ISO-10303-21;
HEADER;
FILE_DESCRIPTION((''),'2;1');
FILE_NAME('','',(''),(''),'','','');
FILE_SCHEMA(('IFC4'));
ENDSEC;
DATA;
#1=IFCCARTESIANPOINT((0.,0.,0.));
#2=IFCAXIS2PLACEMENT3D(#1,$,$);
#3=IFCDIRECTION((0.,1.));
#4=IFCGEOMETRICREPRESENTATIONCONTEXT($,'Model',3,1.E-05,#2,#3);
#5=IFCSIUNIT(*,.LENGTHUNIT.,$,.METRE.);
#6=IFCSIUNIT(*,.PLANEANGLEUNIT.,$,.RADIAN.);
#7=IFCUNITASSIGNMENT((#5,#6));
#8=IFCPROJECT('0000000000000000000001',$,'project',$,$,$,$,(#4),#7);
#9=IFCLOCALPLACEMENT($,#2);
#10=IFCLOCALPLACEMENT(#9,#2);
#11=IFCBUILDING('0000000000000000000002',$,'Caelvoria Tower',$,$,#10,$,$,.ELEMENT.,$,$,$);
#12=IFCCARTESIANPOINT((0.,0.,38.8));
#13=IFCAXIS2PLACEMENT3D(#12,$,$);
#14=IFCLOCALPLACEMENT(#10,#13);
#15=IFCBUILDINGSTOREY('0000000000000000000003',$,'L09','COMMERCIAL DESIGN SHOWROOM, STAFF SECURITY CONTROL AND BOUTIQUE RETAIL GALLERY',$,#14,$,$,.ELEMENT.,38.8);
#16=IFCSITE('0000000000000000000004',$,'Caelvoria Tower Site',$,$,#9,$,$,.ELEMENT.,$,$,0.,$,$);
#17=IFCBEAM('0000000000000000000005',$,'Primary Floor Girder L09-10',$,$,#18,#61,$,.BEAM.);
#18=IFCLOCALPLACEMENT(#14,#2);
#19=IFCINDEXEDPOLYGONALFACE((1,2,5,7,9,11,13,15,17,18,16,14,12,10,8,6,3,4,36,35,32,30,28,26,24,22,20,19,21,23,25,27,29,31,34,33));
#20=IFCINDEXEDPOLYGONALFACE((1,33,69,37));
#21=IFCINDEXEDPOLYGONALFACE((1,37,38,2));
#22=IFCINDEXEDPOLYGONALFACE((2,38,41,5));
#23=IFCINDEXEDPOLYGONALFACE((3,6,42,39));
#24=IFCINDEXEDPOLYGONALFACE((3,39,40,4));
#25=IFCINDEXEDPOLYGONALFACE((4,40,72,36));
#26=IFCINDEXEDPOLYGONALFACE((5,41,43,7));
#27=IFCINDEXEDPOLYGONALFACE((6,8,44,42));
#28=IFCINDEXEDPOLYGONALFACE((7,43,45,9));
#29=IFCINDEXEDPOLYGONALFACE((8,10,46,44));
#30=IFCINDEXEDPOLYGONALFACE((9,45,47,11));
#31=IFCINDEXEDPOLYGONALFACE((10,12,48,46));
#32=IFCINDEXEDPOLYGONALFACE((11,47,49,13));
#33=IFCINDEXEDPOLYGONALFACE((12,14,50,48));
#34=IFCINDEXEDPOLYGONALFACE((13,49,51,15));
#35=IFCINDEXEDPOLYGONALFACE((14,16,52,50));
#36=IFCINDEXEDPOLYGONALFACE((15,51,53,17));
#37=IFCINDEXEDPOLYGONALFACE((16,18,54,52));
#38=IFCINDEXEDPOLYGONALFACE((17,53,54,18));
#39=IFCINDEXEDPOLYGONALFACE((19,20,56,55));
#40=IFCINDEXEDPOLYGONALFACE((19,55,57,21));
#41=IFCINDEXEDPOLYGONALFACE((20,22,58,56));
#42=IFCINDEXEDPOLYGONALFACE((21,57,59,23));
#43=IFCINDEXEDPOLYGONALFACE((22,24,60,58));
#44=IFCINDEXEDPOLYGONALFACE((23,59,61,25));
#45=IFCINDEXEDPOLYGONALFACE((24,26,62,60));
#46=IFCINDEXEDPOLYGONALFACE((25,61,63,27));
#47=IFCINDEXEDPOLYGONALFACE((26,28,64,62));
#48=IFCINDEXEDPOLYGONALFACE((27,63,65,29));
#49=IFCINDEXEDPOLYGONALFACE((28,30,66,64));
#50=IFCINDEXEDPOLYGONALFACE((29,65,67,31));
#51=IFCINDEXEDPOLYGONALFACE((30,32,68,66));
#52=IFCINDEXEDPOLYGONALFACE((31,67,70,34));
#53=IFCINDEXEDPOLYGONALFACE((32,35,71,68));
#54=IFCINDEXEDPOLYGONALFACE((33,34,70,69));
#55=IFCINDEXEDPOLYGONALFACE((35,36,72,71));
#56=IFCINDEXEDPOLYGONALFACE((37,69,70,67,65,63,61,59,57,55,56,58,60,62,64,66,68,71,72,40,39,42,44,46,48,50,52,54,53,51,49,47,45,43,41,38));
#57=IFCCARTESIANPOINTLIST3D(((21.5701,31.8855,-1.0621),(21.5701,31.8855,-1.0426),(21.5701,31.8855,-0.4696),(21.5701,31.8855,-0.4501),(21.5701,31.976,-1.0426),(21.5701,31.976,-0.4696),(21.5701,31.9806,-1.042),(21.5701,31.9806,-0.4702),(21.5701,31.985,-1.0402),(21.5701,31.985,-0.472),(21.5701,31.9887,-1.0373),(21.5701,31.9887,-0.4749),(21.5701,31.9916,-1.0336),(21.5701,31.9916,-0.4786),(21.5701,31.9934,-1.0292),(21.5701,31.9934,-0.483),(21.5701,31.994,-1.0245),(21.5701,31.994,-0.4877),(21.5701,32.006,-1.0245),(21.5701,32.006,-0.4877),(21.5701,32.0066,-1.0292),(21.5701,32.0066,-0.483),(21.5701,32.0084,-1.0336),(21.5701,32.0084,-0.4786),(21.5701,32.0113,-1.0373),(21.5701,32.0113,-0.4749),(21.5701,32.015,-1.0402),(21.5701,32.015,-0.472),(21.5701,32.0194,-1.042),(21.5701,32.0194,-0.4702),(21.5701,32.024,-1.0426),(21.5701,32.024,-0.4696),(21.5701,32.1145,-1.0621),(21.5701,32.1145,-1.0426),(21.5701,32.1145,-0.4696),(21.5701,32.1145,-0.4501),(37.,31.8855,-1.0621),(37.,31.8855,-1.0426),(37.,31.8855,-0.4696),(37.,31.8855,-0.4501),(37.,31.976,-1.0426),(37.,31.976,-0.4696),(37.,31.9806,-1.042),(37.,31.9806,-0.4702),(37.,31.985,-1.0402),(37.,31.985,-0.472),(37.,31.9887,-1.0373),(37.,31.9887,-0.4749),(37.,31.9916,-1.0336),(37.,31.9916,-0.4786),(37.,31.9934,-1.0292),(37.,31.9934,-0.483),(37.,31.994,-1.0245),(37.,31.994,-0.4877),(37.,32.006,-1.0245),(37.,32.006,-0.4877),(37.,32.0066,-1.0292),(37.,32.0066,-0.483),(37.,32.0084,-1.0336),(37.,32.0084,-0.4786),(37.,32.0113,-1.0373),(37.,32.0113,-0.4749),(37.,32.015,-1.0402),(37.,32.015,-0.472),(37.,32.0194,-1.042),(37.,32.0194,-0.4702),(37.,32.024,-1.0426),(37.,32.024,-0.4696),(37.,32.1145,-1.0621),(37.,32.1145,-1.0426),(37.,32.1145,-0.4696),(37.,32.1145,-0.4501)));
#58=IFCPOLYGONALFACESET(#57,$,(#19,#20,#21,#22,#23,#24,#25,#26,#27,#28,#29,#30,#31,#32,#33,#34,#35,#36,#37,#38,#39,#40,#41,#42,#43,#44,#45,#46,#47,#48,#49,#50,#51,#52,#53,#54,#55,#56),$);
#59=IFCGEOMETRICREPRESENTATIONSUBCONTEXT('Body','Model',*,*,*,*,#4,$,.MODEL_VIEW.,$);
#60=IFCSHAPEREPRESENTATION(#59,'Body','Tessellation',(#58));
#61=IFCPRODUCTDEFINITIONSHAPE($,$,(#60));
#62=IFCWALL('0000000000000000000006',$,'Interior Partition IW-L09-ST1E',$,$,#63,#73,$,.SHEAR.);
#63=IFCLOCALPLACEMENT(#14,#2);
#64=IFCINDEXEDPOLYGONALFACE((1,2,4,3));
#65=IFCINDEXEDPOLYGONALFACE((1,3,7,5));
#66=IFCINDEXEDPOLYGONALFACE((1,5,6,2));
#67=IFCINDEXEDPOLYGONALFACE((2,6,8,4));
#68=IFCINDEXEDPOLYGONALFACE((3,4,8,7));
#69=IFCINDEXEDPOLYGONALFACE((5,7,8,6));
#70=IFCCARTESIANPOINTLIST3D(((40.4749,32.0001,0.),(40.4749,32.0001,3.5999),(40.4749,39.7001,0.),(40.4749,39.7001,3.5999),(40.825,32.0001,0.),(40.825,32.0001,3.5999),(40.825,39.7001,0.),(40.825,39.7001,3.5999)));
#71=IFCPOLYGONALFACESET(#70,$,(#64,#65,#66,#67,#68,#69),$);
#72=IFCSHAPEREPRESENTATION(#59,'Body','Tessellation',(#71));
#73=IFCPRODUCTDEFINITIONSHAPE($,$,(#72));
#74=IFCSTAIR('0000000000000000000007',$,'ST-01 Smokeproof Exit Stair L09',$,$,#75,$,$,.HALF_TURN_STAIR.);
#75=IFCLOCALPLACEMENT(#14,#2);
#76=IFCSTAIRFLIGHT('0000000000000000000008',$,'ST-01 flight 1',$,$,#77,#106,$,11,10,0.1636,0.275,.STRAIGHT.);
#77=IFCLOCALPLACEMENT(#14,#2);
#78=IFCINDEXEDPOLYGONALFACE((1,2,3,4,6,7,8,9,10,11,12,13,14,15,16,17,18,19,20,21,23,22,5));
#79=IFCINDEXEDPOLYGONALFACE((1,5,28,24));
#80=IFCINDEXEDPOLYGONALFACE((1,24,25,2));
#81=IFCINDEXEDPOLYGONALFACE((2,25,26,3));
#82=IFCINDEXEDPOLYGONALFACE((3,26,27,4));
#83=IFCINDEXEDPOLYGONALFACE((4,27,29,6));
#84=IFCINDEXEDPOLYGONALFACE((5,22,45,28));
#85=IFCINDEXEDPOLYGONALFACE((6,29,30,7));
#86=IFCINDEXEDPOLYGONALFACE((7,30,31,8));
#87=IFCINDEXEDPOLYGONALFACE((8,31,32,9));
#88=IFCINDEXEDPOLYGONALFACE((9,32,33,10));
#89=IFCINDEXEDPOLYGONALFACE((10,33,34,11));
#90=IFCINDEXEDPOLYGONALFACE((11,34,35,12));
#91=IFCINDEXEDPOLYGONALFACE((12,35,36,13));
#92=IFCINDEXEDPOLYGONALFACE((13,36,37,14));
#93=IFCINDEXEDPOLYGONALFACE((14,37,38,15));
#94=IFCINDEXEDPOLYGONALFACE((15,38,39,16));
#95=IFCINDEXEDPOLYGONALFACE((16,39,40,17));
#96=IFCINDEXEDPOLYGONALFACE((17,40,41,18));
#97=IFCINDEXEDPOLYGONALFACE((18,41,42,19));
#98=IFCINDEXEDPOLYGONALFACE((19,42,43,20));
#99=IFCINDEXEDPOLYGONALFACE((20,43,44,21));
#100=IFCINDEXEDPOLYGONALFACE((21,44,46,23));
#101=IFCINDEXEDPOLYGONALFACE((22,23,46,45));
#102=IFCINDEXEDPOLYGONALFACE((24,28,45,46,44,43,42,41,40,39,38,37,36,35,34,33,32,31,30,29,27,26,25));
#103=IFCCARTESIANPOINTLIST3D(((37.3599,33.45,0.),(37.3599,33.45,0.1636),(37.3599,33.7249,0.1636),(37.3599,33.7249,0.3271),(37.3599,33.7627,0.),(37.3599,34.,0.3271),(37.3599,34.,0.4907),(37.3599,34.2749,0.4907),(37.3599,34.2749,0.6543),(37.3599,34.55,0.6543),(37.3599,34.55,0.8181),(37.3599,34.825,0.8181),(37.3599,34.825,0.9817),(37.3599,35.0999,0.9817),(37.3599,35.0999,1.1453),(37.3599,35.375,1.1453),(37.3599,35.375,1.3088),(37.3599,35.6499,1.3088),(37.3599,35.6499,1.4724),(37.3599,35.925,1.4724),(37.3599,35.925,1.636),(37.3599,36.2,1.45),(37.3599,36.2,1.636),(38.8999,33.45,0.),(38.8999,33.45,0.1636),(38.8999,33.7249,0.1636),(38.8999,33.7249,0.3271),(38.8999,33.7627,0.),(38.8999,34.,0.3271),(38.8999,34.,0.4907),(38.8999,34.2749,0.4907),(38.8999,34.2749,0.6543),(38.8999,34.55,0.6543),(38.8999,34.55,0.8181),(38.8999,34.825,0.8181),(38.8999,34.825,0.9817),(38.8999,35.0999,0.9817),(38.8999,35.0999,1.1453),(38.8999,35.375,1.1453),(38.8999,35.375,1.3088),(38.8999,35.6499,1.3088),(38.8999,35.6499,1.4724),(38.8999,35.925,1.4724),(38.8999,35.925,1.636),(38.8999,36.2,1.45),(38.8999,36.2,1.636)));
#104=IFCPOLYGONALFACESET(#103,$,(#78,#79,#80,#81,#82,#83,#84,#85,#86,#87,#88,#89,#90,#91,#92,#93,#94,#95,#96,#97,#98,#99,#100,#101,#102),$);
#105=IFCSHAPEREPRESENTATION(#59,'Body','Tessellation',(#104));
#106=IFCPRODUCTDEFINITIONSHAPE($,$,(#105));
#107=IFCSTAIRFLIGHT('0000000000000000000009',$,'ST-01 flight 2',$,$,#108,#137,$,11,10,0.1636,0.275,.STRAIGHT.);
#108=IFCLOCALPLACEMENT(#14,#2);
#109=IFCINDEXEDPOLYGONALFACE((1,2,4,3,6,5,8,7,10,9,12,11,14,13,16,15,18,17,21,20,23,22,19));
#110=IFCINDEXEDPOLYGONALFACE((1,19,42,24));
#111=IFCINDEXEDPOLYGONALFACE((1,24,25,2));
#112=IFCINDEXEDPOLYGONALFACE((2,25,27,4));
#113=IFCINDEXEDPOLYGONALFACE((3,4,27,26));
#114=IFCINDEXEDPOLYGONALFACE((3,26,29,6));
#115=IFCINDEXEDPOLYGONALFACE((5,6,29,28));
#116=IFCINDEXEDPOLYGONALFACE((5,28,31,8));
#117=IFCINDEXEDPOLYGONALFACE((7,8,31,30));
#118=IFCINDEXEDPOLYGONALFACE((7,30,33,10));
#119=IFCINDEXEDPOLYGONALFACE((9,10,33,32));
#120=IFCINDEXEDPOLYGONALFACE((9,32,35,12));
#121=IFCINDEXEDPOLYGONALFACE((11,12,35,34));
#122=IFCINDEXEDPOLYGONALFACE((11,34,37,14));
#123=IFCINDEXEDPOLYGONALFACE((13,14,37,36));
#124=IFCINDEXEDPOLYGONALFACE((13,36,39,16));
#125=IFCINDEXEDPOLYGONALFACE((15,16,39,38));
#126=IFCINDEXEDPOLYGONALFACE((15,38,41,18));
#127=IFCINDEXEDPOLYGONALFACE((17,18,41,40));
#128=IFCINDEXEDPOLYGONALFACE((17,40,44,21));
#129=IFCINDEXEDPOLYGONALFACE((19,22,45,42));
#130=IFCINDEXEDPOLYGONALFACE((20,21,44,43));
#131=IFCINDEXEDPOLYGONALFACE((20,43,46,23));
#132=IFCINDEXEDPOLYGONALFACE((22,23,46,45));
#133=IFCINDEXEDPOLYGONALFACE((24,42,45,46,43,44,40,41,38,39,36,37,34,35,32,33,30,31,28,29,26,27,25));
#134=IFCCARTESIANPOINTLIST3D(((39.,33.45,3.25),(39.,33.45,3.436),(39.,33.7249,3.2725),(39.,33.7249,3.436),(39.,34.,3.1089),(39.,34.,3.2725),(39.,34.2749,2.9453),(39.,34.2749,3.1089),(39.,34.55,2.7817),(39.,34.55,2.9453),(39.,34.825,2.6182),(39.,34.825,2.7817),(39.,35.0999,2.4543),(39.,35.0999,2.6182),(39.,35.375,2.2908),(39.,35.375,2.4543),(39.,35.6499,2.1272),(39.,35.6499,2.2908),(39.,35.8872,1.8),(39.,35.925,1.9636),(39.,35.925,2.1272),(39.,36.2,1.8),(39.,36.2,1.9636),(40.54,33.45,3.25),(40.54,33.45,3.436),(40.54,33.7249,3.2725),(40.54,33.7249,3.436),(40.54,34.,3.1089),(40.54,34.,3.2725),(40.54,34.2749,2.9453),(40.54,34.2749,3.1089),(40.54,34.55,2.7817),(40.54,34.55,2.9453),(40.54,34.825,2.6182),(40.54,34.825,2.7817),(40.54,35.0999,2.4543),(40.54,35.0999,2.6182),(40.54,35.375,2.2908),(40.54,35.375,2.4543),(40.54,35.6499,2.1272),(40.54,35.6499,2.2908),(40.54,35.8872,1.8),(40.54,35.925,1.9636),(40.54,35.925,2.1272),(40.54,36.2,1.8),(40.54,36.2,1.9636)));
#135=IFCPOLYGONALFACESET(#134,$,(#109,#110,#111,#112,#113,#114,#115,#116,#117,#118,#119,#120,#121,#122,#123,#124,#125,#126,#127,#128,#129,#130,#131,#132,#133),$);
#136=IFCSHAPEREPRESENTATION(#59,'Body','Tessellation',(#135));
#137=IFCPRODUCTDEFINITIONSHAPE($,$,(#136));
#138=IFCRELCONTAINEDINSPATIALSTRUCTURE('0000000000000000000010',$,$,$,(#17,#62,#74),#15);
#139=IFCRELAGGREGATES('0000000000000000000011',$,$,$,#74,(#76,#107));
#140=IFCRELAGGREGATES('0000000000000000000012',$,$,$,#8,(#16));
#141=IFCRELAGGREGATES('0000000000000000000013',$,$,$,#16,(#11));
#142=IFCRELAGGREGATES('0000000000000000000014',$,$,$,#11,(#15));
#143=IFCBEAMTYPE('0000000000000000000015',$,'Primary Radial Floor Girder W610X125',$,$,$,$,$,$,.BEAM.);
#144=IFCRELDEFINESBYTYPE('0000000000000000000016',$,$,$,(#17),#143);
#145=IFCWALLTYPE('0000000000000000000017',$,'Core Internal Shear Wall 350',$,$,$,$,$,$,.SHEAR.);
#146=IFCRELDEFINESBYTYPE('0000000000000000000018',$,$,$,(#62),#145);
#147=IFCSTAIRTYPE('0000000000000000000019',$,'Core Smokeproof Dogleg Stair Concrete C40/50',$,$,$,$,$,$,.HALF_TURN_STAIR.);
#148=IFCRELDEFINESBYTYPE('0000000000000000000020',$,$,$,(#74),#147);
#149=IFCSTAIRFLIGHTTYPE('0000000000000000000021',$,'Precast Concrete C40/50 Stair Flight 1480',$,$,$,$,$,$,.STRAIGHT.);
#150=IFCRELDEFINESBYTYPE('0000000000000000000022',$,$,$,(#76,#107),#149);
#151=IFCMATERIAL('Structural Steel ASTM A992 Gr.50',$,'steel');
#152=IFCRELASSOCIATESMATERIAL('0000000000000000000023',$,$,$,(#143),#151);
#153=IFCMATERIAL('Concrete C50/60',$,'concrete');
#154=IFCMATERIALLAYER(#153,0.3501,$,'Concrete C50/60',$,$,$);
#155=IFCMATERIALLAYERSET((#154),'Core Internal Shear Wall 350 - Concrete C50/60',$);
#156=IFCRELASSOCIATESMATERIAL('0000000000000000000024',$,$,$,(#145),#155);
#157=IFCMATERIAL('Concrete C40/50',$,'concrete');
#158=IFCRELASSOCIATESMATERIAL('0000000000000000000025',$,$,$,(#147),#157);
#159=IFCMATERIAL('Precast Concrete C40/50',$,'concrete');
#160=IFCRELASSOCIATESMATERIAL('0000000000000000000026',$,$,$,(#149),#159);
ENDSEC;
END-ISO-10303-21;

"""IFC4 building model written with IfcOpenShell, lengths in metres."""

from ifc_helpers import new_model, si_unit, direction, frame, frame_2d, origin, origin_2d, place, context, subcontext, project, spatial, polyline, rectangle, i_section, outline, extrude, material, layer, layer_set, material_profile, profile_set, type_object, element, aggregate, save


model = new_model("IFC4")

# Units and contexts
model_context = context("Model", 3, precision=1e-05, world=origin(), true_north=direction((0.0, 1.0)))
body_context = subcontext(model_context, "Body", "Model", "MODEL_VIEW")
ifc_project = project(units=[si_unit("LENGTHUNIT", "METRE"), si_unit("PLANEANGLEUNIT", "RADIAN")], contexts=[model_context])

# Site, building, storey
site_placement = place(None, origin())
site = spatial("IfcSite", under=ifc_project, at=site_placement, Name="Caelvoria Tower Site", CompositionType="ELEMENT", RefElevation=0.0)
building_placement = place(site_placement, origin())
building = spatial("IfcBuilding", under=site, at=building_placement, Name="Caelvoria Tower", CompositionType="ELEMENT")
storey_placement = place(building_placement, frame((0.0, 0.0, 38.8)))
storey = spatial("IfcBuildingStorey", under=building, at=storey_placement, Name="L09", Description="COMMERCIAL DESIGN SHOWROOM, STAFF SECURITY CONTROL AND BOUTIQUE RETAIL GALLERY", CompositionType="ELEMENT", Elevation=38.8)

# Beam
ifc_material_1 = material(Name="Structural Steel ASTM A992 Gr.50", Category="steel")
ifc_material_profile_1 = material_profile(ifc_material_1, i_section(OverallWidth=0.229, OverallDepth=0.6121, WebThickness=0.012, FlangeThickness=0.0195, FilletRadius=0.0181, at=origin_2d()), Name="Structural Steel ASTM A992 Gr.50")
ifc_profile_set_1 = profile_set([ifc_material_profile_1], Name="W610X125 - Structural Steel ASTM A992 Gr.50")
beam_type_1 = type_object("IfcBeamType", Name="Primary Radial Floor Girder W610X125", PredefinedType="BEAM", material=ifc_profile_set_1)
beam_1_placement = place(storey_placement, frame((37.0, 32.0, -0.7561), z_axis=(-1.0, 0.0, 0.0), x_axis=(0.0, -1.0, 0.0)))
element("IfcBeam", 1, at=beam_1_placement, inside=storey, type_object=beam_type_1, Name="Primary Floor Girder L09-10", PredefinedType="BEAM", context=body_context, shape_type="SweptSolid", body=[
    extrude(i_section(OverallWidth=0.229, OverallDepth=0.6121, WebThickness=0.012, FlangeThickness=0.0195, FilletRadius=0.0181, at=origin_2d()), origin(), (0.0, 0.0, 1.0), 15.4299),
])

# Shared definitions
ifc_material_2 = material(Name="Concrete C50/60", Category="concrete")
ifc_layer_1 = layer(ifc_material_2, 0.3501, Name="Concrete C50/60")
ifc_layer_set_1 = layer_set([ifc_layer_1], Name="Core Internal Shear Wall 350 - Concrete C50/60")
wall_type_1 = type_object("IfcWallType", Name="Core Internal Shear Wall 350", PredefinedType="SHEAR", material=ifc_layer_set_1)

# Wall
wall_1_placement = place(storey_placement, frame((40.6499, 32.0, 0.0), z_axis=(0.0, 0.0, 1.0), x_axis=(0.0, 1.0, 0.0)))
element("IfcWall", 2, at=wall_1_placement, inside=storey, type_object=wall_type_1, Name="Interior Partition IW-L09-ST1E", PredefinedType="SHEAR", context=body_context, shape_type="SweptSolid", body=[
    extrude(rectangle(XDim=7.7, YDim=0.3501, at=frame_2d((3.8501, 0.0))), origin(), (0.0, 0.0, 1.0), 3.5999),
])

# Stair, stair flights
ifc_material_3 = material(Name="Concrete C40/50", Category="concrete")
stair_type = type_object("IfcStairType", Name="Core Smokeproof Dogleg Stair Concrete C40/50", PredefinedType="HALF_TURN_STAIR", material=ifc_material_3)
stair_placement = place(storey_placement, origin())
stair = element("IfcStair", 3, at=stair_placement, inside=storey, type_object=stair_type, Name="ST-01 Smokeproof Exit Stair L09", PredefinedType="HALF_TURN_STAIR")
ifc_material_4 = material(Name="Precast Concrete C40/50", Category="concrete")
stair_flight_type = type_object("IfcStairFlightType", Name="Precast Concrete C40/50 Stair Flight 1480", PredefinedType="STRAIGHT", material=ifc_material_4)
stair_flight_1_placement = place(storey_placement, frame((38.1299, 33.45, 0.0), z_axis=(0.0, 0.0, 1.0), x_axis=(0.0, 1.0, 0.0)))
stair_flight_1 = element("IfcStairFlight", 4, at=stair_flight_1_placement, type_object=stair_flight_type, Name="ST-01 flight 1", NumberOfRisers=11, NumberOfTreads=10, PredefinedType="STRAIGHT", RiserHeight=0.1636, TreadLength=0.275, context=body_context, shape_type="SweptSolid", body=[
    extrude(outline(polyline([(0.0, 0.0), (0.0, 0.1636), (0.2749, 0.1636), (0.2749, 0.3271), (0.55, 0.3271), (0.55, 0.4907), (0.825, 0.4907), (0.825, 0.6543), (1.1001, 0.6543), (1.1001, 0.8181), (1.375, 0.8181), (1.375, 0.9817), (1.6499, 0.9817), (1.6499, 1.1453), (1.925, 1.1453), (1.925, 1.3088), (2.2, 1.3088), (2.2, 1.4724), (2.4751, 1.4724), (2.4751, 1.636), (2.75, 1.636), (2.75, 1.7996), (2.75, 1.45), (0.3127, 0.0), (0.0, 0.0)])), frame((0.0, 0.77, 0.0), z_axis=(0.0, -1.0, 0.0), x_axis=(1.0, 0.0, 0.0)), (0.0, 0.0, 1.0), 1.54),
])
stair_flight_2_placement = place(storey_placement, frame((39.77, 36.2, 1.8), z_axis=(0.0, 0.0, 1.0), x_axis=(0.0, -1.0, 0.0)))
stair_flight_2 = element("IfcStairFlight", 5, at=stair_flight_2_placement, type_object=stair_flight_type, Name="ST-01 flight 2", NumberOfRisers=11, NumberOfTreads=10, PredefinedType="STRAIGHT", RiserHeight=0.1636, TreadLength=0.275, context=body_context, shape_type="SweptSolid", body=[
    extrude(outline(polyline([(0.0, 0.0), (0.0, 0.1636), (0.2749, 0.1636), (0.2749, 0.3271), (0.55, 0.3271), (0.55, 0.4907), (0.825, 0.4907), (0.825, 0.6543), (1.1001, 0.6543), (1.1001, 0.8181), (1.375, 0.8181), (1.375, 0.9817), (1.6499, 0.9817), (1.6499, 1.1453), (1.925, 1.1453), (1.925, 1.3088), (2.2, 1.3088), (2.2, 1.4724), (2.4751, 1.4724), (2.4751, 1.636), (2.75, 1.636), (2.75, 1.7996), (2.75, 1.45), (0.3127, 0.0), (0.0, 0.0)])), frame((0.0, 0.77, 0.0), z_axis=(0.0, -1.0, 0.0), x_axis=(1.0, 0.0, 0.0)), (0.0, 0.0, 1.0), 1.54),
])
aggregate(stair, [stair_flight_1, stair_flight_2])

save(model, "model.ifc")
